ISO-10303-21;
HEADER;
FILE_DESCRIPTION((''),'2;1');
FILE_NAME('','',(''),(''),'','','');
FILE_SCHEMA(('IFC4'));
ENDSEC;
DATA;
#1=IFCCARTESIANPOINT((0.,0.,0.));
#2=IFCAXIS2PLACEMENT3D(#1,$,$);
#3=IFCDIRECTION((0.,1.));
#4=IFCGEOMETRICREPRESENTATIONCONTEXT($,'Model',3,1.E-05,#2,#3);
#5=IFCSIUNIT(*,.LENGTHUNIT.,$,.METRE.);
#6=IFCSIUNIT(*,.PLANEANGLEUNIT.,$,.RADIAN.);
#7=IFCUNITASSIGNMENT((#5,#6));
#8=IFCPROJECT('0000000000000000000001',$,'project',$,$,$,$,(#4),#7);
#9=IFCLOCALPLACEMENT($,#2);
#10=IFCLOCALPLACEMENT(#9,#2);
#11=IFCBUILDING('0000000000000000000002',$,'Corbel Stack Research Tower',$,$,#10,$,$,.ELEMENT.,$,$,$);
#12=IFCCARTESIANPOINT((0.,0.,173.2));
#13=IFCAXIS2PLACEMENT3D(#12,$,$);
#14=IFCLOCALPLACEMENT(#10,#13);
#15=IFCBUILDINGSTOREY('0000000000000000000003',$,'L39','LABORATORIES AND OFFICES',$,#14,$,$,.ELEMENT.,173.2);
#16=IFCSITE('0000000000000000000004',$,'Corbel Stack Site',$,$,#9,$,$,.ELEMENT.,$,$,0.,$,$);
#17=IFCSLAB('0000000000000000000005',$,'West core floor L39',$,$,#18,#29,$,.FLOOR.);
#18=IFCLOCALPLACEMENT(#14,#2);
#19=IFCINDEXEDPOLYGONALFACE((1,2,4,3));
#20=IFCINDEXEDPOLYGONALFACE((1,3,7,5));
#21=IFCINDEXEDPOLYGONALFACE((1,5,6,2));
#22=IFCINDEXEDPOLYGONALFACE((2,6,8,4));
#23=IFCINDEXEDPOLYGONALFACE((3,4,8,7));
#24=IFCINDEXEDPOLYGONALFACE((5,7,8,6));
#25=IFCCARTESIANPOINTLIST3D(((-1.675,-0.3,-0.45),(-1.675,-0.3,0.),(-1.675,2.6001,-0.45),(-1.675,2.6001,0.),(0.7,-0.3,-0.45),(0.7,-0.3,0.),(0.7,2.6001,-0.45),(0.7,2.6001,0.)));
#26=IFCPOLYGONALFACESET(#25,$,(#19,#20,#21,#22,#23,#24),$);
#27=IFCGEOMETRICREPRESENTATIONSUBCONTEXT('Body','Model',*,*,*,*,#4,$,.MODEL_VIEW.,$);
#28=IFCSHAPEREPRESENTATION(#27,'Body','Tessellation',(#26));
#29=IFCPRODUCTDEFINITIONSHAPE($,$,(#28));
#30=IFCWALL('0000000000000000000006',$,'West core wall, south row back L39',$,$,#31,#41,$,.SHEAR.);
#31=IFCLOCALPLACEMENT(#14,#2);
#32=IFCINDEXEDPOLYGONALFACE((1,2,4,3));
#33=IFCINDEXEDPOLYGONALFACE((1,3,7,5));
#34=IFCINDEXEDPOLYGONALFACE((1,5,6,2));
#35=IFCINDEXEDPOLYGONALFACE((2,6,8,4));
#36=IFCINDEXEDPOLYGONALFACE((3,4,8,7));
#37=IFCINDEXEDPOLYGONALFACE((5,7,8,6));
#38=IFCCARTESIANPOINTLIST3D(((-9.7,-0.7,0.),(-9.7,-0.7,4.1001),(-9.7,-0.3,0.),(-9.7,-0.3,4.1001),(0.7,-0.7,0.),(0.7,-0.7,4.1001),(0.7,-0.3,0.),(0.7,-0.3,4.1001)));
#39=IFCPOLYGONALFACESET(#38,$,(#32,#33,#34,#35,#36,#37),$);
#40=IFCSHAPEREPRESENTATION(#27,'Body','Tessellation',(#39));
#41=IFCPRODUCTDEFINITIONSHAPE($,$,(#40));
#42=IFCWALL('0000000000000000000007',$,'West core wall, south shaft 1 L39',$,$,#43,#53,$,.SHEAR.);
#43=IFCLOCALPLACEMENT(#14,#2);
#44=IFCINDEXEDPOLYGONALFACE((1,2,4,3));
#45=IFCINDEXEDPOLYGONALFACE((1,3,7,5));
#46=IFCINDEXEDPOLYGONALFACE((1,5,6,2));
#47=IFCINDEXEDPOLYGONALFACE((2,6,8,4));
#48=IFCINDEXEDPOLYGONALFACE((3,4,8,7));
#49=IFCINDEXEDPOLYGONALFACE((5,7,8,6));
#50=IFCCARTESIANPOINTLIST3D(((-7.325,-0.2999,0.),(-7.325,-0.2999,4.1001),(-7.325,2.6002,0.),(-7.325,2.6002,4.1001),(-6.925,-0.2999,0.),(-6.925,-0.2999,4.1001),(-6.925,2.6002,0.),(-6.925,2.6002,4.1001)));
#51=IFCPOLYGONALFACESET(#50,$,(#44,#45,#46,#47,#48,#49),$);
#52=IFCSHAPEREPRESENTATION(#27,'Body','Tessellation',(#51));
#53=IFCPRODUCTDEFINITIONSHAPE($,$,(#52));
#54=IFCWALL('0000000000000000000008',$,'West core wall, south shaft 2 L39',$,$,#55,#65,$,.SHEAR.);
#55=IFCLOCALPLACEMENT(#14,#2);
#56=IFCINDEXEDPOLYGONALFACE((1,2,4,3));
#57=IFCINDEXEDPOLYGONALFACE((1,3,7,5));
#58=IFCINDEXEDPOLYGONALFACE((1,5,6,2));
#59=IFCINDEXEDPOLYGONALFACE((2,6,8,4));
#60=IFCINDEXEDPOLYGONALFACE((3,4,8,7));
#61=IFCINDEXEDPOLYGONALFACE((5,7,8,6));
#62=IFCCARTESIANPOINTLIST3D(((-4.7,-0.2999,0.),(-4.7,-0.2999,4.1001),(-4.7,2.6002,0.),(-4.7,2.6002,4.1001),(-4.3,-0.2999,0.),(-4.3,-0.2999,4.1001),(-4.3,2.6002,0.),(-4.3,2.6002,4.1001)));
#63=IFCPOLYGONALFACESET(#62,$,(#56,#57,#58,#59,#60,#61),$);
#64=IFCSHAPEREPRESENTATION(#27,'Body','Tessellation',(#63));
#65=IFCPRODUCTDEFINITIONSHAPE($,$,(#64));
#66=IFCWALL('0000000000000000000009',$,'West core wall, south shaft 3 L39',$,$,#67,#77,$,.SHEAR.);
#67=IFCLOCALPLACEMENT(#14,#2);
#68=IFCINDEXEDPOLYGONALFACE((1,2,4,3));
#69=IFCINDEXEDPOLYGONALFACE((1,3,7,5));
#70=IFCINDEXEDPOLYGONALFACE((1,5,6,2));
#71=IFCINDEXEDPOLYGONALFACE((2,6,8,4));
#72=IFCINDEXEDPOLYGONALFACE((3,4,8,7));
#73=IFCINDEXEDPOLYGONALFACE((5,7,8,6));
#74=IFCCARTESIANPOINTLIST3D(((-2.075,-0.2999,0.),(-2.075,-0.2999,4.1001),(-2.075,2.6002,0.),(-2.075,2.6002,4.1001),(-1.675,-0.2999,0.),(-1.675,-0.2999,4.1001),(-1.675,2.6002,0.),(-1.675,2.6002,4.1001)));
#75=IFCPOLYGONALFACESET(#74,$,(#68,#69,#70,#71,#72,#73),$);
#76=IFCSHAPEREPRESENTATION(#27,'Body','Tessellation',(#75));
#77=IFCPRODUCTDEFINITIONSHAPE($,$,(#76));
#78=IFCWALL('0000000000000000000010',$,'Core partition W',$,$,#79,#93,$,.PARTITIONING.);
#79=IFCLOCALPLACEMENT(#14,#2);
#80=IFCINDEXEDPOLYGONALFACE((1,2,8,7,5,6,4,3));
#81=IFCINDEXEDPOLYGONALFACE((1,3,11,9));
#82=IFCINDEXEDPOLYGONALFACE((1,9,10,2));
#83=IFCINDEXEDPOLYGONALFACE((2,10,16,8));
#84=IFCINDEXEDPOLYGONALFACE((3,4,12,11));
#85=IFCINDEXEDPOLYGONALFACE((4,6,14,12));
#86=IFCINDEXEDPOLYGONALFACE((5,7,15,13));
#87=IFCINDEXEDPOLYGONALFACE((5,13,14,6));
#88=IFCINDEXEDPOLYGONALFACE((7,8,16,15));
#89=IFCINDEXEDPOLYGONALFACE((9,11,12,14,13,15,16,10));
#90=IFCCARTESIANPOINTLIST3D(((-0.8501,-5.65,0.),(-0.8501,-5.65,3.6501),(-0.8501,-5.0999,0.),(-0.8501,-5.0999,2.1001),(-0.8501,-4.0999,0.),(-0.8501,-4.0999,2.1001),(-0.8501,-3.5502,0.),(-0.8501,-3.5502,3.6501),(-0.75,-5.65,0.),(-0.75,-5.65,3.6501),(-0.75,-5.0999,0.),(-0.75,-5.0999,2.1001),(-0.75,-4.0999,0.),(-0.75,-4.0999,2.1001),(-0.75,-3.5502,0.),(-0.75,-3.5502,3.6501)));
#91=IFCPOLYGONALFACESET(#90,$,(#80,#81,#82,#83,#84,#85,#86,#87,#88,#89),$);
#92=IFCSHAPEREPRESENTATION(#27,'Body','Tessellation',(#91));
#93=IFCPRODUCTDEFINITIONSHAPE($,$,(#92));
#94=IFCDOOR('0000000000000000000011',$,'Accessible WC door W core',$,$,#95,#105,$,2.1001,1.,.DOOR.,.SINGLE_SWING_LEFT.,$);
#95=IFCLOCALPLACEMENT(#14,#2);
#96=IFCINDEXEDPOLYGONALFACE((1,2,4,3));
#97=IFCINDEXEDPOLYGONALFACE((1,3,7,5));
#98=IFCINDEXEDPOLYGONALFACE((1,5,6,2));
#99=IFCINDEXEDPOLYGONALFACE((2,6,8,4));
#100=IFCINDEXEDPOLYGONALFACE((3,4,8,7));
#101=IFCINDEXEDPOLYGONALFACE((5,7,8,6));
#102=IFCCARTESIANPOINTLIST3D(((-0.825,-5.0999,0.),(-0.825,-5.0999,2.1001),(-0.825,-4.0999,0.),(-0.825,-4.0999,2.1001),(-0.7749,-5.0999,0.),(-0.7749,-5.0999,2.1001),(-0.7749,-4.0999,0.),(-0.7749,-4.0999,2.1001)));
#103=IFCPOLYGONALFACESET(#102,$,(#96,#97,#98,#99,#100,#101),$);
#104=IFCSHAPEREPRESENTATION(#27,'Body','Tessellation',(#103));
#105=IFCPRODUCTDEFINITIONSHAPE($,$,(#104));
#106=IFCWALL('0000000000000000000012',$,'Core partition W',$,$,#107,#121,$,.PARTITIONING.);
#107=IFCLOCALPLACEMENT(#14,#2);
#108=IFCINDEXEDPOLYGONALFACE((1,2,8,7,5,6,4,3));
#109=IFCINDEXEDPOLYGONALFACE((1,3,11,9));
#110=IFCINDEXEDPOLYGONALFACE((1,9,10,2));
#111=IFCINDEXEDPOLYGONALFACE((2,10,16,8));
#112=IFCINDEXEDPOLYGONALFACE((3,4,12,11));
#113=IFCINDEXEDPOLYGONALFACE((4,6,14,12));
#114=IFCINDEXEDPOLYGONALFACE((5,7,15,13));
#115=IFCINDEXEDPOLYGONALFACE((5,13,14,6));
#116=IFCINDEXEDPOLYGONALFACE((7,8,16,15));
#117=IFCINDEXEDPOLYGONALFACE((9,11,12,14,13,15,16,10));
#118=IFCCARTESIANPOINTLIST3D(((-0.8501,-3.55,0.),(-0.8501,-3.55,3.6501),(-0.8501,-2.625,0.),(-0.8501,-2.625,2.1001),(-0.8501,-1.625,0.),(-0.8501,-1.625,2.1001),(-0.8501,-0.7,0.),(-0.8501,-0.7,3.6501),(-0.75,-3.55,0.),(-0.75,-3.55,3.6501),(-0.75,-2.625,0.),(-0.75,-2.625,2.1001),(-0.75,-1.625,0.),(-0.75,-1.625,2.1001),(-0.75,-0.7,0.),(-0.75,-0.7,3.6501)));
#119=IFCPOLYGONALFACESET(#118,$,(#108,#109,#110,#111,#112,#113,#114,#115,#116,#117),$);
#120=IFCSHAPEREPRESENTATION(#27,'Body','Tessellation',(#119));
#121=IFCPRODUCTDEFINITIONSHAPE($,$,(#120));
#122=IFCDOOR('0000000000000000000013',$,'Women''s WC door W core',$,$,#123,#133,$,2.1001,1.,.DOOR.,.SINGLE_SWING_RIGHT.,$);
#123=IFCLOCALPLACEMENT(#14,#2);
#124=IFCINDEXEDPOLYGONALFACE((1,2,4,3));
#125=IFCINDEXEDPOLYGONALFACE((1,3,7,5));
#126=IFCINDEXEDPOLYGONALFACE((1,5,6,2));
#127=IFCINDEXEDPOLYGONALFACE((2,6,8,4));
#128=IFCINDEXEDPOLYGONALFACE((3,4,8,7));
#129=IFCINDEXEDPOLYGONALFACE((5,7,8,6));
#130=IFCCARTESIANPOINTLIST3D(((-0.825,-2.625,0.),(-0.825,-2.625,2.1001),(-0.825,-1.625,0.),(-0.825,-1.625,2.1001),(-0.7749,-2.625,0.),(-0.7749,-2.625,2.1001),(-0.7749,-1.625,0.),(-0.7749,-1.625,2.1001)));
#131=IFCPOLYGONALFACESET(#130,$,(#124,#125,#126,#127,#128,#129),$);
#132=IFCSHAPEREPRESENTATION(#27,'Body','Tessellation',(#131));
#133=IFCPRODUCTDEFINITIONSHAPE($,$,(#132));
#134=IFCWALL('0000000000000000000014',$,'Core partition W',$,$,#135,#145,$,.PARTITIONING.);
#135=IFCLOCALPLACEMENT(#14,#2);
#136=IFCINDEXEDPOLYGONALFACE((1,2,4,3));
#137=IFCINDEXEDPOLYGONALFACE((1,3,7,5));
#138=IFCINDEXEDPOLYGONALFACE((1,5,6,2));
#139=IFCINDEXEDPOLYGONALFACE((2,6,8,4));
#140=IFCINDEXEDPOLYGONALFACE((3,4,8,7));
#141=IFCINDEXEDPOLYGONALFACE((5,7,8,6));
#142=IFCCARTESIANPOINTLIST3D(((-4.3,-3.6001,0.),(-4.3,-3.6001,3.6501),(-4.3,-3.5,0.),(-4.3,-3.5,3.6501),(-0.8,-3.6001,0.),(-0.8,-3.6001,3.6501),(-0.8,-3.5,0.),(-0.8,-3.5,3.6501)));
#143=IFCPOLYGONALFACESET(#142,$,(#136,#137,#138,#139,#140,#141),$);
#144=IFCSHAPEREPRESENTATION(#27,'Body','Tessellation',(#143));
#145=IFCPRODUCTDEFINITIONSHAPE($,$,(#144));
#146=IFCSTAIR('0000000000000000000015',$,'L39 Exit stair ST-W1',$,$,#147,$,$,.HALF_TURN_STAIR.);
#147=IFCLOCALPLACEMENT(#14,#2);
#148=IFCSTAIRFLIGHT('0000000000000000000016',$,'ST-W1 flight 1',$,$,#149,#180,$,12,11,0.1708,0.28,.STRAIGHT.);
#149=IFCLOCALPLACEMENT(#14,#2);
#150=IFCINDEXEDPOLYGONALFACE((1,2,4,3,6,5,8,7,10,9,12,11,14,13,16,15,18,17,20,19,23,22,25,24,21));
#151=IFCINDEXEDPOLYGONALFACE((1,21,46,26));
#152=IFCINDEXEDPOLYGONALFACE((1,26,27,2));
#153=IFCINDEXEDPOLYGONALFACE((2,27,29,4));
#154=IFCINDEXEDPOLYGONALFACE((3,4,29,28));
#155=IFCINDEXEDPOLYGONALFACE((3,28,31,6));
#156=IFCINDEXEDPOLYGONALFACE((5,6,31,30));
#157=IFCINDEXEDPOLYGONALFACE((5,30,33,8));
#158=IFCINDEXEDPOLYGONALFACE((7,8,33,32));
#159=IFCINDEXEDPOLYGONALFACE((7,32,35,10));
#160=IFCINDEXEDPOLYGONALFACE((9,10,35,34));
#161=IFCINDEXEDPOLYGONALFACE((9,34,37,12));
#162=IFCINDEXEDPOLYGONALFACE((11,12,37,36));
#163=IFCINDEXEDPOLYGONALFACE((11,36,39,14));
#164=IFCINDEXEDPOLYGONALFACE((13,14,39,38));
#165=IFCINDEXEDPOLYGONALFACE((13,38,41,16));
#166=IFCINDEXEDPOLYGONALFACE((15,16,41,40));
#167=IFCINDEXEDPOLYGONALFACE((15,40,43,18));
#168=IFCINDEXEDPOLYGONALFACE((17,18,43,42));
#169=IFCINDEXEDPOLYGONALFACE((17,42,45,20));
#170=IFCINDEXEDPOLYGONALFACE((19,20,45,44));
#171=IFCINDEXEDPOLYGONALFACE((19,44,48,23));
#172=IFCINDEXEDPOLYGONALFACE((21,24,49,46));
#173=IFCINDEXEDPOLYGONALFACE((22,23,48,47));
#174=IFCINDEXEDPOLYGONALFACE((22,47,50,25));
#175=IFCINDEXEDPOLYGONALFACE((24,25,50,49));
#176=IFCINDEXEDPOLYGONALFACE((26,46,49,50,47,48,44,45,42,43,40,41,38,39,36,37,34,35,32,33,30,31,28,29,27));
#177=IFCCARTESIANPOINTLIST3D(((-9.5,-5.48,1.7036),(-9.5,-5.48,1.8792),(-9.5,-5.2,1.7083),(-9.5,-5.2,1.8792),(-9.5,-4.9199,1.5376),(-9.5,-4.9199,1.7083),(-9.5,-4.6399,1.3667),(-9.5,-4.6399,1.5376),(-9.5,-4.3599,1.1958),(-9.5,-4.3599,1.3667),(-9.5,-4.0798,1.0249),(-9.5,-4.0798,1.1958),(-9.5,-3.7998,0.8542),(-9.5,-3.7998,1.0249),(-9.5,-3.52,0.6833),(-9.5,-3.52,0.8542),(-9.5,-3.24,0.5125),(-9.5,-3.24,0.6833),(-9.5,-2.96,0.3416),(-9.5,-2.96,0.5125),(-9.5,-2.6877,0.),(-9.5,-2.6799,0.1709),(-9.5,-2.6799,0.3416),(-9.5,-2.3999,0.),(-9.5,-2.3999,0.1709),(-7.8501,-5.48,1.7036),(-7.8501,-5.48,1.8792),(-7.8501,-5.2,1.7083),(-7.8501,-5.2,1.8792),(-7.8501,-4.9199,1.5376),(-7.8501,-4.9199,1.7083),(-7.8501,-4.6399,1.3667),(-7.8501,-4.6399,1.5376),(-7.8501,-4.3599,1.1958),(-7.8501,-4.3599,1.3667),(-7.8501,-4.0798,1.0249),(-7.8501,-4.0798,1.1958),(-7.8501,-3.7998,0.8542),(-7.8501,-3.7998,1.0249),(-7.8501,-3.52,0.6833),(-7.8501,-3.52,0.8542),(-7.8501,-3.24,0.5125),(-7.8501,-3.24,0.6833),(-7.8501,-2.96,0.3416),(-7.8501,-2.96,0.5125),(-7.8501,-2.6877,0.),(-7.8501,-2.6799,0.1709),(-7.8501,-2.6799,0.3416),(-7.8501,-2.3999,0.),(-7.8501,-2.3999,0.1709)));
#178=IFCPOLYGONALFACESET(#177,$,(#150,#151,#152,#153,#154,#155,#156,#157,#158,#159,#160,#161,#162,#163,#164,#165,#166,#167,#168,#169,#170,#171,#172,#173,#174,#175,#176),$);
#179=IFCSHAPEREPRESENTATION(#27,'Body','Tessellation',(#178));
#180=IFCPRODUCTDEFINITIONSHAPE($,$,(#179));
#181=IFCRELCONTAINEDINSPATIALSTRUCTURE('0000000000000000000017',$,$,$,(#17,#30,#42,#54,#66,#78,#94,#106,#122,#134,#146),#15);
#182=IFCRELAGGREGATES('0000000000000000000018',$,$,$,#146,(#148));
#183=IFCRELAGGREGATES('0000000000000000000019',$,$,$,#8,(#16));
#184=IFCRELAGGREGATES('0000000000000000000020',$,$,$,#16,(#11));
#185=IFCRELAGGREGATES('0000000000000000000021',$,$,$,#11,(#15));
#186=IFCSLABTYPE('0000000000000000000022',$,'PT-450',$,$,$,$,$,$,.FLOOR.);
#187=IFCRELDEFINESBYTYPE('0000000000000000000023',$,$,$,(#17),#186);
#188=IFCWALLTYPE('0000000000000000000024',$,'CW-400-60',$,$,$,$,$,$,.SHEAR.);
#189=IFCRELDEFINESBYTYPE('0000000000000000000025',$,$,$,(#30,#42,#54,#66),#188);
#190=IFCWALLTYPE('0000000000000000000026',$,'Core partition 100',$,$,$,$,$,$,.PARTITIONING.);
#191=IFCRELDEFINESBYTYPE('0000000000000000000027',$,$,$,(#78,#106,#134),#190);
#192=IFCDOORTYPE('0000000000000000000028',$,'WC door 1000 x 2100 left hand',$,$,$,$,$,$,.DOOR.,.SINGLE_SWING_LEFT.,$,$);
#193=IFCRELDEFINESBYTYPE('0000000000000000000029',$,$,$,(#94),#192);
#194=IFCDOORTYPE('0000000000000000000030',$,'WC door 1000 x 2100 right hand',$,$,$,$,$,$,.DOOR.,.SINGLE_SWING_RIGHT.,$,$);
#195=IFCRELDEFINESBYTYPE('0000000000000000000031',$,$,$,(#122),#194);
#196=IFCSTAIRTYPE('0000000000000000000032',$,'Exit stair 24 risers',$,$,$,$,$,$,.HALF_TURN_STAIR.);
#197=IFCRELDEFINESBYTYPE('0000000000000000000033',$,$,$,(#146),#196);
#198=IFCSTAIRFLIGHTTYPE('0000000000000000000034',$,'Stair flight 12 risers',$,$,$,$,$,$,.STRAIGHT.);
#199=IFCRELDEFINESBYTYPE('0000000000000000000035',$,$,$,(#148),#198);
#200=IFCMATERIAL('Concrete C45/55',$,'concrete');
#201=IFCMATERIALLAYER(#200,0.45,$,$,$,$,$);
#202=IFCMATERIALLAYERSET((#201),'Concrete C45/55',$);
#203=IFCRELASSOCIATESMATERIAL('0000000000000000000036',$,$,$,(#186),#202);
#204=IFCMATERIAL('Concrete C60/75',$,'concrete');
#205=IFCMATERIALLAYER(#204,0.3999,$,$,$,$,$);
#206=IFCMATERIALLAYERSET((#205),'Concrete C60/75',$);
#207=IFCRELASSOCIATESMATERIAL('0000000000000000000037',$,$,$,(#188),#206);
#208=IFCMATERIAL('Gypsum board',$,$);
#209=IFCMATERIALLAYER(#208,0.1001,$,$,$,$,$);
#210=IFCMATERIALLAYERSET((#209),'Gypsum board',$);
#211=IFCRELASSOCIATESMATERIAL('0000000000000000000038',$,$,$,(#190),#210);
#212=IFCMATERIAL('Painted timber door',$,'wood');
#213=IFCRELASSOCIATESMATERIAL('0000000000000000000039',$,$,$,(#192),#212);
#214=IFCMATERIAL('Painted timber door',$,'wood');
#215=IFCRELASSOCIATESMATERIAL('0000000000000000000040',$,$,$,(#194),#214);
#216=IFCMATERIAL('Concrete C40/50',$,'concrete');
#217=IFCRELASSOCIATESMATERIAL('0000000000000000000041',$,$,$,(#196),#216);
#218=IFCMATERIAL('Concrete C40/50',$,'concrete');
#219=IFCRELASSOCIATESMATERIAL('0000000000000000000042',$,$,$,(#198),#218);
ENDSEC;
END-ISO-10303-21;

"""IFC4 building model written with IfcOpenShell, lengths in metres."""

from ifc_helpers import new_model, si_unit, direction, frame, frame_2d, origin, place, context, subcontext, project, spatial, polyline, rectangle, outline, extrude, material, layer, layer_set, type_object, element, fill, aggregate, save


model = new_model("IFC4")

# Units and contexts
model_context = context("Model", 3, precision=1e-05, world=origin(), true_north=direction((0.0, 1.0)))
body_context = subcontext(model_context, "Body", "Model", "MODEL_VIEW")
ifc_project = project(units=[si_unit("LENGTHUNIT", "METRE"), si_unit("PLANEANGLEUNIT", "RADIAN")], contexts=[model_context])

# Site, building, storey
site_placement = place(None, origin())
site = spatial("IfcSite", under=ifc_project, at=site_placement, Name="Corbel Stack Site", CompositionType="ELEMENT", RefElevation=0.0)
building_placement = place(site_placement, origin())
building = spatial("IfcBuilding", under=site, at=building_placement, Name="Corbel Stack Research Tower", CompositionType="ELEMENT")
storey_placement = place(building_placement, frame((0.0, 0.0, 173.2)))
storey = spatial("IfcBuildingStorey", under=building, at=storey_placement, Name="L39", Description="LABORATORIES AND OFFICES", CompositionType="ELEMENT", Elevation=173.2)

# Slab
ifc_material_1 = material(Name="Concrete C45/55", Category="concrete")
ifc_layer_1 = layer(ifc_material_1, 0.45)
ifc_layer_set_1 = layer_set([ifc_layer_1], Name="Concrete C45/55")
slab_type = type_object("IfcSlabType", Name="PT-450", PredefinedType="FLOOR", material=ifc_layer_set_1)
slab_1_placement = place(storey_placement, frame((0.0, 0.0, -0.45)))
element("IfcSlab", 1, at=slab_1_placement, inside=storey, type_object=slab_type, Name="West core floor L39", PredefinedType="FLOOR", context=body_context, shape_type="SweptSolid", body=[
    extrude(outline(polyline([(0.7, -0.3), (0.7, 2.6001), (-1.675, 2.6001), (-1.675, -0.3), (0.7, -0.3)])), origin(), (0.0, 0.0, 1.0), 0.45),
])

# Walls
ifc_material_2 = material(Name="Concrete C60/75", Category="concrete")
ifc_layer_2 = layer(ifc_material_2, 0.3999)
ifc_layer_set_2 = layer_set([ifc_layer_2], Name="Concrete C60/75")
wall_type_1 = type_object("IfcWallType", Name="CW-400-60", PredefinedType="SHEAR", material=ifc_layer_set_2)
wall_1_placement = place(storey_placement, frame((-9.7, -0.5, 0.0), z_axis=(0.0, 0.0, 1.0), x_axis=(1.0, 0.0, 0.0)))
element("IfcWall", 2, at=wall_1_placement, inside=storey, type_object=wall_type_1, Name="West core wall, south row back L39", PredefinedType="SHEAR", context=body_context, shape_type="SweptSolid", body=[
    extrude(rectangle(XDim=10.3999, YDim=0.3999, at=frame_2d((5.2, 0.0))), origin(), (0.0, 0.0, 1.0), 4.1001),
])
for number, where, z_axis, x_axis, name in (
    (3, (-7.125, -0.3, 0.0), (0.0, 0.0, 1.0), (0.0, 1.0, 0.0), "West core wall, south shaft 1 L39"),
    (4, (-4.5, -0.3, 0.0), (0.0, 0.0, 1.0), (0.0, 1.0, 0.0), "West core wall, south shaft 2 L39"),
    (5, (-1.875, -0.3, 0.0), (0.0, 0.0, 1.0), (0.0, 1.0, 0.0), "West core wall, south shaft 3 L39"),
):
    element("IfcWall", number, at=place(storey_placement, frame(where, z_axis=z_axis, x_axis=x_axis)), inside=storey, type_object=wall_type_1, Name=name, PredefinedType="SHEAR", context=body_context, shape_type="SweptSolid", body=[
        extrude(rectangle(XDim=2.9001, YDim=0.3999, at=frame_2d((1.4502, 0.0))), origin(), (0.0, 0.0, 1.0), 4.1001),
    ])

# Walls, openings, doors
ifc_material_3 = material(Name="Gypsum board")
ifc_layer_3 = layer(ifc_material_3, 0.1001)
ifc_layer_set_3 = layer_set([ifc_layer_3], Name="Gypsum board")
wall_type_2 = type_object("IfcWallType", Name="Core partition 100", PredefinedType="PARTITIONING", material=ifc_layer_set_3)
wall_2_placement = place(storey_placement, frame((-0.8, -5.6499, 0.0), z_axis=(0.0, 0.0, 1.0), x_axis=(0.0, 1.0, 0.0)))
wall_2 = element("IfcWall", 6, at=wall_2_placement, inside=storey, type_object=wall_type_2, Name="Core partition W", PredefinedType="PARTITIONING", context=body_context, shape_type="SweptSolid", body=[
    extrude(rectangle(XDim=2.0999, YDim=0.1001, at=frame_2d((1.0498, 0.0))), origin(), (0.0, 0.0, 1.0), 3.6501),
])
opening_1_placement = place(wall_2_placement, frame((0.55, 0.0, 0.0)))
opening_1 = element("IfcOpeningElement", 7, at=opening_1_placement, cuts=wall_2, PredefinedType="OPENING", context=body_context, shape_type="SweptSolid", body=[
    extrude(rectangle(XDim=1.0, YDim=2.1001, at=frame_2d((0.5, 1.05))), frame((0.0, 0.0601, 0.0), z_axis=(0.0, -1.0, 0.0), x_axis=(1.0, 0.0, 0.0)), (0.0, 0.0, 1.0), 0.1201),
])
ifc_material_4 = material(Name="Painted timber door", Category="wood")
door_type_1 = type_object("IfcDoorType", Name="WC door 1000 x 2100 left hand", OperationType="SINGLE_SWING_LEFT", PredefinedType="DOOR", material=ifc_material_4)
door_1_placement = place(opening_1_placement, origin())
door_1 = element("IfcDoor", 8, at=door_1_placement, inside=storey, type_object=door_type_1, Name="Accessible WC door W core", OperationType="SINGLE_SWING_LEFT", OverallHeight=2.1001, OverallWidth=1.0, PredefinedType="DOOR", context=body_context, shape_type="SweptSolid", body=[
    extrude(rectangle(XDim=1.0, YDim=2.1001, at=frame_2d((0.5, 1.05))), frame((0.0, 0.0249, 0.0), z_axis=(0.0, -1.0, 0.0), x_axis=(1.0, 0.0, 0.0)), (0.0, 0.0, 1.0), 0.05),
])
fill(opening_1, door_1)
wall_3_placement = place(storey_placement, frame((-0.8, -3.55, 0.0), z_axis=(0.0, 0.0, 1.0), x_axis=(0.0, 1.0, 0.0)))
wall_3 = element("IfcWall", 9, at=wall_3_placement, inside=storey, type_object=wall_type_2, Name="Core partition W", PredefinedType="PARTITIONING", context=body_context, shape_type="SweptSolid", body=[
    extrude(rectangle(XDim=2.8501, YDim=0.1001, at=frame_2d((1.425, 0.0))), origin(), (0.0, 0.0, 1.0), 3.6501),
])
opening_2_placement = place(wall_3_placement, frame((0.925, 0.0, 0.0)))
opening_2 = element("IfcOpeningElement", 10, at=opening_2_placement, cuts=wall_3, PredefinedType="OPENING", context=body_context, shape_type="SweptSolid", body=[
    extrude(rectangle(XDim=1.0, YDim=2.1001, at=frame_2d((0.5, 1.05))), frame((0.0, 0.0601, 0.0), z_axis=(0.0, -1.0, 0.0), x_axis=(1.0, 0.0, 0.0)), (0.0, 0.0, 1.0), 0.1201),
])
ifc_material_5 = material(Name="Painted timber door", Category="wood")
door_type_2 = type_object("IfcDoorType", Name="WC door 1000 x 2100 right hand", OperationType="SINGLE_SWING_RIGHT", PredefinedType="DOOR", material=ifc_material_5)
door_2_placement = place(opening_2_placement, origin())
door_2 = element("IfcDoor", 11, at=door_2_placement, inside=storey, type_object=door_type_2, Name="Women's WC door W core", OperationType="SINGLE_SWING_RIGHT", OverallHeight=2.1001, OverallWidth=1.0, PredefinedType="DOOR", context=body_context, shape_type="SweptSolid", body=[
    extrude(rectangle(XDim=1.0, YDim=2.1001, at=frame_2d((0.5, 1.05))), frame((0.0, 0.0249, 0.0), z_axis=(0.0, -1.0, 0.0), x_axis=(1.0, 0.0, 0.0)), (0.0, 0.0, 1.0), 0.05),
])
fill(opening_2, door_2)

# Wall
wall_4_placement = place(storey_placement, frame((-4.3, -3.55, 0.0), z_axis=(0.0, 0.0, 1.0), x_axis=(1.0, 0.0, 0.0)))
element("IfcWall", 12, at=wall_4_placement, inside=storey, type_object=wall_type_2, Name="Core partition W", PredefinedType="PARTITIONING", context=body_context, shape_type="SweptSolid", body=[
    extrude(rectangle(XDim=3.5, YDim=0.1001, at=frame_2d((1.75, 0.0))), origin(), (0.0, 0.0, 1.0), 3.6501),
])

# Stair, stair flight
ifc_material_6 = material(Name="Concrete C40/50", Category="concrete")
stair_type = type_object("IfcStairType", Name="Exit stair 24 risers", PredefinedType="HALF_TURN_STAIR", material=ifc_material_6)
stair_placement = place(storey_placement, origin())
stair = element("IfcStair", 13, at=stair_placement, inside=storey, type_object=stair_type, Name="L39 Exit stair ST-W1", PredefinedType="HALF_TURN_STAIR")
ifc_material_7 = material(Name="Concrete C40/50", Category="concrete")
stair_flight_type = type_object("IfcStairFlightType", Name="Stair flight 12 risers", PredefinedType="STRAIGHT", material=ifc_material_7)
stair_flight_1_placement = place(storey_placement, frame((-8.675, -2.3999, 0.0), z_axis=(0.0, 0.0, 1.0), x_axis=(0.0, -1.0, 0.0)))
stair_flight_1 = element("IfcStairFlight", 14, at=stair_flight_1_placement, type_object=stair_flight_type, Name="ST-W1 flight 1", NumberOfRisers=12, NumberOfTreads=11, PredefinedType="STRAIGHT", RiserHeight=0.1708, TreadLength=0.28, context=body_context, shape_type="SweptSolid", body=[
    extrude(outline(polyline([(0.0, 0.0), (0.0, 0.1709), (0.28, 0.1709), (0.28, 0.3416), (0.5601, 0.3416), (0.5601, 0.5125), (0.8401, 0.5125), (0.8401, 0.6833), (1.1201, 0.6833), (1.1201, 0.8542), (1.3999, 0.8542), (1.3999, 1.0249), (1.6799, 1.0249), (1.6799, 1.1958), (1.96, 1.1958), (1.96, 1.3667), (2.24, 1.3667), (2.24, 1.5376), (2.52, 1.5376), (2.52, 1.7083), (2.8, 1.7083), (2.8, 1.8792), (3.0801, 1.8792), (3.0801, 2.05), (3.0801, 1.7036), (0.2878, 0.0), (0.0, 0.0)])), frame((0.0, 0.825, 0.0), z_axis=(0.0, -1.0, 0.0), x_axis=(1.0, 0.0, 0.0)), (0.0, 0.0, 1.0), 1.6499),
])
aggregate(stair, [stair_flight_1])

save(model, "model.ifc")
